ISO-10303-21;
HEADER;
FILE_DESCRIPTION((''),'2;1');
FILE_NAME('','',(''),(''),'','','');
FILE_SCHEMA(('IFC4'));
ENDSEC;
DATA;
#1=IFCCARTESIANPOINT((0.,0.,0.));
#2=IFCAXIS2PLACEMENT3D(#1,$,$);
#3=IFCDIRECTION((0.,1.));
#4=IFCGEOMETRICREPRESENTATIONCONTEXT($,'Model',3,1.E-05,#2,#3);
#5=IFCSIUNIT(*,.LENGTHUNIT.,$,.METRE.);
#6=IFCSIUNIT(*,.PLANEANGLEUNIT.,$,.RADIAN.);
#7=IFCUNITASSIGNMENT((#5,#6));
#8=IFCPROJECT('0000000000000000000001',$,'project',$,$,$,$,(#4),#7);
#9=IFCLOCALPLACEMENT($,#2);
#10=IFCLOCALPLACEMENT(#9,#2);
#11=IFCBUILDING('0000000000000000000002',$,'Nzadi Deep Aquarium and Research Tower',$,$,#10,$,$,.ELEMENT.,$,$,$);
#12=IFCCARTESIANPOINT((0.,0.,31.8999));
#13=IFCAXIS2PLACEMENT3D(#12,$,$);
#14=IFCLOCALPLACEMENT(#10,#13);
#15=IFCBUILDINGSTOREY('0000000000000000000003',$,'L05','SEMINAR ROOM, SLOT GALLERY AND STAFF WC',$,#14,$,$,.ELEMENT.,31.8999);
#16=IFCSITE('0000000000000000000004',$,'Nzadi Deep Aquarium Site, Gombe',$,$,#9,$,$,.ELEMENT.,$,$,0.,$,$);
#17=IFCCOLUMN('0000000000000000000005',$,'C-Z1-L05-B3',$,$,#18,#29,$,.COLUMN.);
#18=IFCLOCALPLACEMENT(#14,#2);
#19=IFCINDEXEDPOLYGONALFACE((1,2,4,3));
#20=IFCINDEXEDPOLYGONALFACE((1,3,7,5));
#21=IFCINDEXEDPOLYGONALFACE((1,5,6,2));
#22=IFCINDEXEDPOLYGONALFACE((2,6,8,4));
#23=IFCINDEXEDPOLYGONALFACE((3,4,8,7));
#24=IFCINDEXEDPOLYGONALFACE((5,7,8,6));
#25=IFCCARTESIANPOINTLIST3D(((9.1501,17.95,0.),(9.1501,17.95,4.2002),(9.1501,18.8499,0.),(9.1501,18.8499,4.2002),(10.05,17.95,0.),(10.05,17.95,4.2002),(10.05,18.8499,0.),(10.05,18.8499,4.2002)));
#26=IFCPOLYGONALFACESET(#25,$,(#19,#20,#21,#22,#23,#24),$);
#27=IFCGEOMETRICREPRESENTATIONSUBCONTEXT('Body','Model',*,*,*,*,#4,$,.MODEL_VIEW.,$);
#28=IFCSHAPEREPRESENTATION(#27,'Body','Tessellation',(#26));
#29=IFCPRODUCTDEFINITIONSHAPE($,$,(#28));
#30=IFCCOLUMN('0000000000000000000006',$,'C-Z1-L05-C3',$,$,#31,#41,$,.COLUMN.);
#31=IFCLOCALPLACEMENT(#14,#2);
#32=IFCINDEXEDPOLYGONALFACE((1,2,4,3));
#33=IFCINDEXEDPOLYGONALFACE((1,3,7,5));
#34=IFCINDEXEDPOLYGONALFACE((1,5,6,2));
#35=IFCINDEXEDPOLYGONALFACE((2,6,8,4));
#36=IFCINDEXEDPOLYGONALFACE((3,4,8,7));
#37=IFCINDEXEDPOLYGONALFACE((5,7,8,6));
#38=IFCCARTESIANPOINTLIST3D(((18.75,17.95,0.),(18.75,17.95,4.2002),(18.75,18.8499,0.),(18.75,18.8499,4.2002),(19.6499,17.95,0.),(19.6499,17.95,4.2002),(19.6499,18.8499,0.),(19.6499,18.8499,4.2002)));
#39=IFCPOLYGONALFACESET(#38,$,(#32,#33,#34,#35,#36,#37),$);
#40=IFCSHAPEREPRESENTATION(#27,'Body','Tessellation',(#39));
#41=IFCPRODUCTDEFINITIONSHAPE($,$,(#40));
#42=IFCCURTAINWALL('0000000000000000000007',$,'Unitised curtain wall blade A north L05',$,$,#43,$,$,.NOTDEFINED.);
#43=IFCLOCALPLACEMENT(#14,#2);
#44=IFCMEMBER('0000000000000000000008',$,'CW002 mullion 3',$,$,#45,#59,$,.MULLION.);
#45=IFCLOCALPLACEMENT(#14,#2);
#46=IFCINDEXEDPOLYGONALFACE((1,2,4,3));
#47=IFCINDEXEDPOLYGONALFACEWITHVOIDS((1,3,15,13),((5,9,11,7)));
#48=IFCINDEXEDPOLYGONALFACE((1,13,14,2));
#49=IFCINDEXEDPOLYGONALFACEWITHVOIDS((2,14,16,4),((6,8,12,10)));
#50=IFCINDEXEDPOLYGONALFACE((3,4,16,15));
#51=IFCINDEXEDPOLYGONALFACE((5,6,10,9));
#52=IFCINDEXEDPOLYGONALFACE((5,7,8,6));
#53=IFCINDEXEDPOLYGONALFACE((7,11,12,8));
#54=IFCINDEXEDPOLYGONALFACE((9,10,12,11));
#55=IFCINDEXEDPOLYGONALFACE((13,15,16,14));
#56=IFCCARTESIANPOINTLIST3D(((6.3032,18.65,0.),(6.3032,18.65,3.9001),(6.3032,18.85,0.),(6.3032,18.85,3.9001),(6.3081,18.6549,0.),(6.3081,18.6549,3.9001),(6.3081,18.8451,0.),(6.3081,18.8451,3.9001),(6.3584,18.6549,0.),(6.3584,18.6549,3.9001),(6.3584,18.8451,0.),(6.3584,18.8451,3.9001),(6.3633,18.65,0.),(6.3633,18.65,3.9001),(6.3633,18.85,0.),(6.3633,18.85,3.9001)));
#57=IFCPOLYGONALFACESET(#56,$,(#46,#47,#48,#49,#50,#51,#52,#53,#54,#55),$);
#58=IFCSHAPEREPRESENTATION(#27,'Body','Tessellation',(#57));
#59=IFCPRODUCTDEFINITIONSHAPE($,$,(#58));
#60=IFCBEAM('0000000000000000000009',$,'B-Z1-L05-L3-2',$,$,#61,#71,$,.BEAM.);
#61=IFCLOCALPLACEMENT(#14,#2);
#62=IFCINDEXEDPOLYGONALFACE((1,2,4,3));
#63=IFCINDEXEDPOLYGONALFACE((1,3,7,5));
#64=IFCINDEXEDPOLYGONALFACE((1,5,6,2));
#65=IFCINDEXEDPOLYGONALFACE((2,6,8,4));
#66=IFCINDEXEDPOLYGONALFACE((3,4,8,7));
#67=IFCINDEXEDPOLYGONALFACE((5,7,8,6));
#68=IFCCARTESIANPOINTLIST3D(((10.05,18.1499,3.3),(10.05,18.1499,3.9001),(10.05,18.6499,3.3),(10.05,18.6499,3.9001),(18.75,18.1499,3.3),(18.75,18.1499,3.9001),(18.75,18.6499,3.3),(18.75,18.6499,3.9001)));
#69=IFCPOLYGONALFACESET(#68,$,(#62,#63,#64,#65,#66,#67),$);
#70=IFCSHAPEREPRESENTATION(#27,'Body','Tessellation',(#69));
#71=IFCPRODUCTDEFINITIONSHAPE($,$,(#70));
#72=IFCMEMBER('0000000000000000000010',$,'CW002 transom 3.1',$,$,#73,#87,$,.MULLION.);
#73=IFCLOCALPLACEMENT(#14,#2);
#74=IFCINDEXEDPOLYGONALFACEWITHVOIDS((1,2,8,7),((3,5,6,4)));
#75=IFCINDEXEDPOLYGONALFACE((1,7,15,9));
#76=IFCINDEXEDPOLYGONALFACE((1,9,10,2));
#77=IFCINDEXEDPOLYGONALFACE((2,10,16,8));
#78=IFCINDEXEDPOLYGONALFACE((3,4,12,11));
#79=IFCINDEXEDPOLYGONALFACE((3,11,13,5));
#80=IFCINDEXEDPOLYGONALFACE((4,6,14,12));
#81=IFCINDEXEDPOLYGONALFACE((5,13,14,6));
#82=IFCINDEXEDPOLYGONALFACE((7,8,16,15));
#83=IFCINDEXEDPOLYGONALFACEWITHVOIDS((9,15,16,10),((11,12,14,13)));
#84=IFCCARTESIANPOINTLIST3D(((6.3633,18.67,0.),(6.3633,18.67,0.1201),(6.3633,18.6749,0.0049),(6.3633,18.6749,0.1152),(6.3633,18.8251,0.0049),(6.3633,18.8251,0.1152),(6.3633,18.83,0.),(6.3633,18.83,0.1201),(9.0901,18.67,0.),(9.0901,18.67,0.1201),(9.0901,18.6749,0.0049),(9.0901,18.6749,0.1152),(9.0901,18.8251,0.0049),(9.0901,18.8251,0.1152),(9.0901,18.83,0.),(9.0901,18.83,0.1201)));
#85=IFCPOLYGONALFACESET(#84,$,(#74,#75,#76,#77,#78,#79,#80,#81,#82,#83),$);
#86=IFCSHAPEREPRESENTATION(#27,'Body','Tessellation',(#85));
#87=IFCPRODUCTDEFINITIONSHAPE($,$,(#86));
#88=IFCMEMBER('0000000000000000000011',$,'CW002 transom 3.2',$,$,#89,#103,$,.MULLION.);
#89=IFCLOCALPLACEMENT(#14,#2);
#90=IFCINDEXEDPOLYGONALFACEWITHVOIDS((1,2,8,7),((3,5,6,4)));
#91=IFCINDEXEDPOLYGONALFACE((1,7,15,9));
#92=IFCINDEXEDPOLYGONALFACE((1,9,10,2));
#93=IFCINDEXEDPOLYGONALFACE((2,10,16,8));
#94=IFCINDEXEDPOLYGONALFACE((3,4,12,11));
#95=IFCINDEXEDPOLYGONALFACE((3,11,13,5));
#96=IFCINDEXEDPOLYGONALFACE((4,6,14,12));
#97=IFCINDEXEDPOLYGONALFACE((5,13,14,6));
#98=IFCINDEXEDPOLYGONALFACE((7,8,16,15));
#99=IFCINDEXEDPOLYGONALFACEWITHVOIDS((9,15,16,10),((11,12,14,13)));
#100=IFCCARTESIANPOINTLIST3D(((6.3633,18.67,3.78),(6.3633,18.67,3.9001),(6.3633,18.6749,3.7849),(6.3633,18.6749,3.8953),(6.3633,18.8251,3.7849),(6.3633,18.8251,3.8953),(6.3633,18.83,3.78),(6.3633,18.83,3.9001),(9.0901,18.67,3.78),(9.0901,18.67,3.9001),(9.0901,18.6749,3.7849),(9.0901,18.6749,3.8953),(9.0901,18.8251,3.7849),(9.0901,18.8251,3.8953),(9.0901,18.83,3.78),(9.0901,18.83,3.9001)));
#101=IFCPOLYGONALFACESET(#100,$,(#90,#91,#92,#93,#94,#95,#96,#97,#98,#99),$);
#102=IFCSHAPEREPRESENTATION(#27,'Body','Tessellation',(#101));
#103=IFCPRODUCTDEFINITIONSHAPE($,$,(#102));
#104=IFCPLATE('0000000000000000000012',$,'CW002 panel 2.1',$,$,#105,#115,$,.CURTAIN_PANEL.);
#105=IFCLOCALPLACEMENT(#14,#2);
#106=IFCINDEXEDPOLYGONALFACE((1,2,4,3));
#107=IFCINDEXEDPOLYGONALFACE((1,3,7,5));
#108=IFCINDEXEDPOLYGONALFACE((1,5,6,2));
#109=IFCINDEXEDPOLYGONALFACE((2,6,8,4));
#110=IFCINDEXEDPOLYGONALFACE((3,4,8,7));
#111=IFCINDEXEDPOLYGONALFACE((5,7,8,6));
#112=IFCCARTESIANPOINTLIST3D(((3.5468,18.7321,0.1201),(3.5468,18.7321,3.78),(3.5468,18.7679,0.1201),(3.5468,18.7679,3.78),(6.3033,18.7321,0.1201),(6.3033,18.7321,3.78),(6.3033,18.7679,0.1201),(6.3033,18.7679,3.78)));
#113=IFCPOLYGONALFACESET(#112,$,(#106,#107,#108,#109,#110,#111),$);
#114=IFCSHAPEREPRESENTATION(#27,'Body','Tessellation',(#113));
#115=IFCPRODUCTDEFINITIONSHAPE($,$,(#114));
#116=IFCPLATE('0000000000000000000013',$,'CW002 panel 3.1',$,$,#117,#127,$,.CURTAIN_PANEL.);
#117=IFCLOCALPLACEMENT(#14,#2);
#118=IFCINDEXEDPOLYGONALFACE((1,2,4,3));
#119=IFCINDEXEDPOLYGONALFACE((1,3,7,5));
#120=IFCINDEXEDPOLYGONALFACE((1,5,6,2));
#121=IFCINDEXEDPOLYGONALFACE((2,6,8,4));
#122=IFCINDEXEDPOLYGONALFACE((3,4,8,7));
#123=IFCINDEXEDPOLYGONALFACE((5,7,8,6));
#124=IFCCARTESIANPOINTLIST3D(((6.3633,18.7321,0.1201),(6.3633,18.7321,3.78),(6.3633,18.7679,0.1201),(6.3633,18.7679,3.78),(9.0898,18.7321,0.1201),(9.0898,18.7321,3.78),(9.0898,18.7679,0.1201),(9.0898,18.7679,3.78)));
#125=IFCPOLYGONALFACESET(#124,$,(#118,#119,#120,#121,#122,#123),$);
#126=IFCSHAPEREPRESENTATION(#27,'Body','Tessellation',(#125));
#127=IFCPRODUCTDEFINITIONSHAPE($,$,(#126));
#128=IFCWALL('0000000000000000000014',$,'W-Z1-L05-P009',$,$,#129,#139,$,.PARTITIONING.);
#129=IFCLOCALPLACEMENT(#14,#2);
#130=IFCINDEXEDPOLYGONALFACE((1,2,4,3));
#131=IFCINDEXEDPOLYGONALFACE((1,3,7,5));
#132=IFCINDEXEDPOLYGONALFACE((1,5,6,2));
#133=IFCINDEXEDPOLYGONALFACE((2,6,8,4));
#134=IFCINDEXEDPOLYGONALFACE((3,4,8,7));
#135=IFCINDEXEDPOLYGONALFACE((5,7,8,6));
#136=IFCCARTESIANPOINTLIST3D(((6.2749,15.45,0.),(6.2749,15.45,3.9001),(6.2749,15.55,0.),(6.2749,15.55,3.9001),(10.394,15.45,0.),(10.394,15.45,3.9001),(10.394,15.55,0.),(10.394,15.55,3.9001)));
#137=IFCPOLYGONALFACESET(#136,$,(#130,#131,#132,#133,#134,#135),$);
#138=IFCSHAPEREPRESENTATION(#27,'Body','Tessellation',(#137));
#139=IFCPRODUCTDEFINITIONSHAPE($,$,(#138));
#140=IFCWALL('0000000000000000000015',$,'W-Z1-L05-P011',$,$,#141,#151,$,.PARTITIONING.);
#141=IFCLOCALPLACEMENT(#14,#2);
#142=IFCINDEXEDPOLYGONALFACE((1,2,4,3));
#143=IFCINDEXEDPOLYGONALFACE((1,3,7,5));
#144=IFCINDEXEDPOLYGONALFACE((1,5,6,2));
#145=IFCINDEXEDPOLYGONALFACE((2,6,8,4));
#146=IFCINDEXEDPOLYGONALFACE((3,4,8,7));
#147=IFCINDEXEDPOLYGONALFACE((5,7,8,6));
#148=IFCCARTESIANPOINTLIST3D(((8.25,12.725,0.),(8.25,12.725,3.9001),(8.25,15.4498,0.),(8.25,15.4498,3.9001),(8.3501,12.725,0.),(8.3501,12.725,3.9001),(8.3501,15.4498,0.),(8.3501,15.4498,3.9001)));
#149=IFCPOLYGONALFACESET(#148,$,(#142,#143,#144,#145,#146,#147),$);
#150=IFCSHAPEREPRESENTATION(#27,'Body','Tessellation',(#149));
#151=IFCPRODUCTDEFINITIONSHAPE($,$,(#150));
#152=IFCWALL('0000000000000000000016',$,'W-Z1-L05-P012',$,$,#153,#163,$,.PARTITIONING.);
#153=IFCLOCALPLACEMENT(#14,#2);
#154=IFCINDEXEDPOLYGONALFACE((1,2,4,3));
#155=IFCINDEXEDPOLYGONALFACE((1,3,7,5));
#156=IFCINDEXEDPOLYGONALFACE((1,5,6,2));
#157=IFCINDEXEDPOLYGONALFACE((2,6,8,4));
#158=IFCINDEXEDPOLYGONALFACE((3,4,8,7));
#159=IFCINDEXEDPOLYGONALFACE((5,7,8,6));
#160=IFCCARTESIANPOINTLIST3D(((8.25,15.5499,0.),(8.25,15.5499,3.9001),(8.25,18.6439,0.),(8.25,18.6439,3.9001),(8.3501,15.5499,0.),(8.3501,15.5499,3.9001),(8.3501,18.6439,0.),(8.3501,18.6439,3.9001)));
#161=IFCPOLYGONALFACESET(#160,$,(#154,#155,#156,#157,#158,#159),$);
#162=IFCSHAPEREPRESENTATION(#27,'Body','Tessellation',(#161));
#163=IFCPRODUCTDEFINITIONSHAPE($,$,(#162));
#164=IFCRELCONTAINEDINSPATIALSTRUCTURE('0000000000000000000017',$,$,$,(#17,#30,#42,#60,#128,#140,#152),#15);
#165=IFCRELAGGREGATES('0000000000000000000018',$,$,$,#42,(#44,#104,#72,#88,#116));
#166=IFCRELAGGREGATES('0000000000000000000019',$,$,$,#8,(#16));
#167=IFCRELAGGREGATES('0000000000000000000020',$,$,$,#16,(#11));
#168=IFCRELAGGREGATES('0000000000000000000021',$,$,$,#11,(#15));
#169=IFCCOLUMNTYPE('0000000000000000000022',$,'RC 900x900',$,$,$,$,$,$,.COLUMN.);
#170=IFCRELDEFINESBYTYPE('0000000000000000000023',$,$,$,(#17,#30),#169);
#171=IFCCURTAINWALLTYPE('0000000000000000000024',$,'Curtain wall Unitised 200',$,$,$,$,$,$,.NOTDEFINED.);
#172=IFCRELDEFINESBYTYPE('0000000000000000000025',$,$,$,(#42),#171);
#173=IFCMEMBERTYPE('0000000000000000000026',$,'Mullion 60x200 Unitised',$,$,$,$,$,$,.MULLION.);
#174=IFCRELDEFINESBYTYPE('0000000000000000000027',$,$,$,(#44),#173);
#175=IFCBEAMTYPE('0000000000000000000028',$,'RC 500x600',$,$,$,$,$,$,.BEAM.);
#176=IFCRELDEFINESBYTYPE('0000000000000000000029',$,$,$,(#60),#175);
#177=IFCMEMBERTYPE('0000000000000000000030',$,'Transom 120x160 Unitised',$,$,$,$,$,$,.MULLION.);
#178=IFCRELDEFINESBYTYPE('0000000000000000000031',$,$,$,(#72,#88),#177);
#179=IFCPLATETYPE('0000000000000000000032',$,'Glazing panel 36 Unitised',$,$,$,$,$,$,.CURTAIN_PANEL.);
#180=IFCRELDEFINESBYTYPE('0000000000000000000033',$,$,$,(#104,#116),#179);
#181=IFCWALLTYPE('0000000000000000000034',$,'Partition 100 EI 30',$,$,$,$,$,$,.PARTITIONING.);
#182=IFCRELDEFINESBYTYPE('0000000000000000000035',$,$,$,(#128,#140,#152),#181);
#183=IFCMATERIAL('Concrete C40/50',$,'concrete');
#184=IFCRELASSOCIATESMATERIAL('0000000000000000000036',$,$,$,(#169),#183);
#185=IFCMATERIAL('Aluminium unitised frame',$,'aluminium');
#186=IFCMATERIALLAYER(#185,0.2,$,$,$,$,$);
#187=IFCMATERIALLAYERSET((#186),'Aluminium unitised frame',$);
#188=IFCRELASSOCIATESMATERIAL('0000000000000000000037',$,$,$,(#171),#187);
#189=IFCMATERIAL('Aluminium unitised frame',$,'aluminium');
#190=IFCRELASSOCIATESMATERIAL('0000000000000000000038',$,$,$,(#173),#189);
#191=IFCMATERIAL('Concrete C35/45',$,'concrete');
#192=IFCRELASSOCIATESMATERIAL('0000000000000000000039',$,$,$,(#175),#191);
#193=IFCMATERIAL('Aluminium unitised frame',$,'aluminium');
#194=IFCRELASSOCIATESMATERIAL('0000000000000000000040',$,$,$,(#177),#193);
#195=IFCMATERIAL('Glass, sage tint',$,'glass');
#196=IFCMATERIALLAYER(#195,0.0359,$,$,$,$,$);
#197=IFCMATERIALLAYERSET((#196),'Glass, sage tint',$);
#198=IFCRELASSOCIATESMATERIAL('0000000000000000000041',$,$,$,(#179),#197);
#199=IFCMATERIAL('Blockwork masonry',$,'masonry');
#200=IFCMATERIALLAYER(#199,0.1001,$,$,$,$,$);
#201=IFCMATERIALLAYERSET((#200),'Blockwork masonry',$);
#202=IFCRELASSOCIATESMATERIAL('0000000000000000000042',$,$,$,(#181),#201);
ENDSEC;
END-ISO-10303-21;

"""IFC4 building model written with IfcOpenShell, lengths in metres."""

from ifc_helpers import new_model, si_unit, direction, frame, frame_2d, origin, origin_2d, place, context, subcontext, project, spatial, rectangle, hollow_rectangle, extrude, material, layer, layer_set, material_profile, profile_set, type_object, element, aggregate, save


model = new_model("IFC4")

# Units and contexts
model_context = context("Model", 3, precision=1e-05, world=origin(), true_north=direction((0.0, 1.0)))
body_context = subcontext(model_context, "Body", "Model", "MODEL_VIEW")
ifc_project = project(units=[si_unit("LENGTHUNIT", "METRE"), si_unit("PLANEANGLEUNIT", "RADIAN")], contexts=[model_context])

# Site, building, storey
site_placement = place(None, origin())
site = spatial("IfcSite", under=ifc_project, at=site_placement, Name="Nzadi Deep Aquarium Site, Gombe", CompositionType="ELEMENT", RefElevation=0.0)
building_placement = place(site_placement, origin())
building = spatial("IfcBuilding", under=site, at=building_placement, Name="Nzadi Deep Aquarium and Research Tower", CompositionType="ELEMENT")
storey_placement = place(building_placement, frame((0.0, 0.0, 31.8999)))
storey = spatial("IfcBuildingStorey", under=building, at=storey_placement, Name="L05", Description="SEMINAR ROOM, SLOT GALLERY AND STAFF WC", CompositionType="ELEMENT", Elevation=31.8999)

# Columns
ifc_material_1 = material(Name="Concrete C40/50", Category="concrete")
ifc_material_profile_1 = material_profile(ifc_material_1, rectangle(XDim=0.8999, YDim=0.8999, at=origin_2d()))
ifc_profile_set_1 = profile_set([ifc_material_profile_1], Name="Concrete C40/50")
column_type = type_object("IfcColumnType", Name="RC 900x900", PredefinedType="COLUMN", material=ifc_profile_set_1)
for number, where, z_axis, x_axis, name in (
    (1, (9.6001, 18.3999, 0.0), (0.0, 0.0, 1.0), (1.0, 0.0, 0.0), "C-Z1-L05-B3"),
    (2, (19.2, 18.3999, 0.0), (0.0, 0.0, 1.0), (1.0, 0.0, 0.0), "C-Z1-L05-C3"),
):
    element("IfcColumn", number, at=place(storey_placement, frame(where, z_axis=z_axis, x_axis=x_axis)), inside=storey, type_object=column_type, Name=name, PredefinedType="COLUMN", context=body_context, shape_type="SweptSolid", body=[
        extrude(rectangle(XDim=0.8999, YDim=0.8999, at=origin_2d()), origin(), (0.0, 0.0, 1.0), 4.2002),
    ])

# Curtain wall, member
ifc_material_2 = material(Name="Aluminium unitised frame", Category="aluminium")
ifc_layer_1 = layer(ifc_material_2, 0.2)
ifc_layer_set_1 = layer_set([ifc_layer_1], Name="Aluminium unitised frame")
curtain_wall_type = type_object("IfcCurtainWallType", Name="Curtain wall Unitised 200", PredefinedType="NOTDEFINED", material=ifc_layer_set_1)
curtain_wall_placement = place(storey_placement, origin())
curtain_wall = element("IfcCurtainWall", 3, at=curtain_wall_placement, inside=storey, type_object=curtain_wall_type, Name="Unitised curtain wall blade A north L05", PredefinedType="NOTDEFINED")
ifc_material_3 = material(Name="Aluminium unitised frame", Category="aluminium")
ifc_material_profile_2 = material_profile(ifc_material_3, hollow_rectangle(XDim=0.2, YDim=0.0601, WallThickness=0.0049, at=origin_2d()))
ifc_profile_set_2 = profile_set([ifc_material_profile_2], Name="Aluminium unitised frame")
member_type_1 = type_object("IfcMemberType", Name="Mullion 60x200 Unitised", PredefinedType="MULLION", material=ifc_profile_set_2)
member_1_placement = place(storey_placement, frame((6.3333, 18.75, 0.0), z_axis=(0.0, 0.0, 1.0), x_axis=(0.0, 1.0, 0.0)))
member_1 = element("IfcMember", 4, at=member_1_placement, type_object=member_type_1, Name="CW002 mullion 3", PredefinedType="MULLION", context=body_context, shape_type="SweptSolid", body=[
    extrude(hollow_rectangle(XDim=0.2, YDim=0.0601, WallThickness=0.0049, at=origin_2d()), origin(), (0.0, 0.0, 1.0), 3.9001),
])

# Beam
ifc_material_4 = material(Name="Concrete C35/45", Category="concrete")
ifc_material_profile_3 = material_profile(ifc_material_4, rectangle(XDim=0.5, YDim=0.6001, at=origin_2d()))
ifc_profile_set_3 = profile_set([ifc_material_profile_3], Name="Concrete C35/45")
beam_type = type_object("IfcBeamType", Name="RC 500x600", PredefinedType="BEAM", material=ifc_profile_set_3)
beam_placement = place(storey_placement, frame((10.05, 18.3999, 3.6001), z_axis=(1.0, 0.0, 0.0), x_axis=(0.0, 1.0, 0.0)))
element("IfcBeam", 5, at=beam_placement, inside=storey, type_object=beam_type, Name="B-Z1-L05-L3-2", PredefinedType="BEAM", context=body_context, shape_type="SweptSolid", body=[
    extrude(rectangle(XDim=0.5, YDim=0.6001, at=origin_2d()), origin(), (0.0, 0.0, 1.0), 8.7),
])

# Members
ifc_material_5 = material(Name="Aluminium unitised frame", Category="aluminium")
ifc_material_profile_4 = material_profile(ifc_material_5, hollow_rectangle(XDim=0.1599, YDim=0.1201, WallThickness=0.0049, at=origin_2d()))
ifc_profile_set_4 = profile_set([ifc_material_profile_4], Name="Aluminium unitised frame")
member_type_2 = type_object("IfcMemberType", Name="Transom 120x160 Unitised", PredefinedType="MULLION", material=ifc_profile_set_4)
member_2_placement = place(storey_placement, frame((6.3633, 18.75, 0.0601), z_axis=(1.0, 0.0, 0.0), x_axis=(0.0, 1.0, 0.0)))
member_2 = element("IfcMember", 6, at=member_2_placement, type_object=member_type_2, Name="CW002 transom 3.1", PredefinedType="MULLION", context=body_context, shape_type="SweptSolid", body=[
    extrude(hollow_rectangle(XDim=0.1599, YDim=0.1201, WallThickness=0.0049, at=origin_2d()), origin(), (0.0, 0.0, 1.0), 2.7268),
])
member_3_placement = place(storey_placement, frame((6.3633, 18.75, 3.8401), z_axis=(1.0, 0.0, 0.0), x_axis=(0.0, 1.0, 0.0)))
member_3 = element("IfcMember", 7, at=member_3_placement, type_object=member_type_2, Name="CW002 transom 3.2", PredefinedType="MULLION", context=body_context, shape_type="SweptSolid", body=[
    extrude(hollow_rectangle(XDim=0.1599, YDim=0.1201, WallThickness=0.0049, at=origin_2d()), origin(), (0.0, 0.0, 1.0), 2.7268),
])

# Plates
ifc_material_6 = material(Name="Glass, sage tint", Category="glass")
ifc_layer_2 = layer(ifc_material_6, 0.0359)
ifc_layer_set_2 = layer_set([ifc_layer_2], Name="Glass, sage tint")
plate_type = type_object("IfcPlateType", Name="Glazing panel 36 Unitised", PredefinedType="CURTAIN_PANEL", material=ifc_layer_set_2)
plate_1_placement = place(storey_placement, frame((4.925, 18.75, 0.1201), z_axis=(0.0, 0.0, 1.0), x_axis=(1.0, 0.0, 0.0)))
plate_1 = element("IfcPlate", 8, at=plate_1_placement, type_object=plate_type, Name="CW002 panel 2.1", PredefinedType="CURTAIN_PANEL", context=body_context, shape_type="SweptSolid", body=[
    extrude(rectangle(XDim=2.7566, YDim=0.0359, at=origin_2d()), origin(), (0.0, 0.0, 1.0), 3.6599),
])
plate_2_placement = place(storey_placement, frame((7.7266, 18.75, 0.1201), z_axis=(0.0, 0.0, 1.0), x_axis=(1.0, 0.0, 0.0)))
plate_2 = element("IfcPlate", 9, at=plate_2_placement, type_object=plate_type, Name="CW002 panel 3.1", PredefinedType="CURTAIN_PANEL", context=body_context, shape_type="SweptSolid", body=[
    extrude(rectangle(XDim=2.7266, YDim=0.0359, at=origin_2d()), origin(), (0.0, 0.0, 1.0), 3.6599),
])
aggregate(curtain_wall, [member_1, plate_1, member_2, member_3, plate_2])

# Walls
ifc_material_7 = material(Name="Blockwork masonry", Category="masonry")
ifc_layer_3 = layer(ifc_material_7, 0.1001)
ifc_layer_set_3 = layer_set([ifc_layer_3], Name="Blockwork masonry")
wall_type_1 = type_object("IfcWallType", Name="Partition 100 EI 30", PredefinedType="PARTITIONING", material=ifc_layer_set_3)
wall_1_placement = place(storey_placement, frame((6.2749, 15.5, 0.0), z_axis=(0.0, 0.0, 1.0), x_axis=(1.0, 0.0, 0.0)))
element("IfcWall", 10, at=wall_1_placement, inside=storey, type_object=wall_type_1, Name="W-Z1-L05-P009", PredefinedType="PARTITIONING", context=body_context, shape_type="SweptSolid", body=[
    extrude(rectangle(XDim=4.1191, YDim=0.1001, at=frame_2d((2.0596, 0.0))), origin(), (0.0, 0.0, 1.0), 3.9001),
])
wall_2_placement = place(storey_placement, frame((8.3, 12.7251, 0.0), z_axis=(0.0, 0.0, 1.0), x_axis=(0.0, 1.0, 0.0)))
element("IfcWall", 11, at=wall_2_placement, inside=storey, type_object=wall_type_1, Name="W-Z1-L05-P011", PredefinedType="PARTITIONING", context=body_context, shape_type="SweptSolid", body=[
    extrude(rectangle(XDim=2.7249, YDim=0.1001, at=frame_2d((1.3623, 0.0))), origin(), (0.0, 0.0, 1.0), 3.9001),
])
wall_3_placement = place(storey_placement, frame((8.3, 15.55, 0.0), z_axis=(0.0, 0.0, 1.0), x_axis=(0.0, 1.0, 0.0)))
element("IfcWall", 12, at=wall_3_placement, inside=storey, type_object=wall_type_1, Name="W-Z1-L05-P012", PredefinedType="PARTITIONING", context=body_context, shape_type="SweptSolid", body=[
    extrude(rectangle(XDim=3.094, YDim=0.1001, at=frame_2d((1.5469, 0.0))), origin(), (0.0, 0.0, 1.0), 3.9001),
])

save(model, "model.ifc")
